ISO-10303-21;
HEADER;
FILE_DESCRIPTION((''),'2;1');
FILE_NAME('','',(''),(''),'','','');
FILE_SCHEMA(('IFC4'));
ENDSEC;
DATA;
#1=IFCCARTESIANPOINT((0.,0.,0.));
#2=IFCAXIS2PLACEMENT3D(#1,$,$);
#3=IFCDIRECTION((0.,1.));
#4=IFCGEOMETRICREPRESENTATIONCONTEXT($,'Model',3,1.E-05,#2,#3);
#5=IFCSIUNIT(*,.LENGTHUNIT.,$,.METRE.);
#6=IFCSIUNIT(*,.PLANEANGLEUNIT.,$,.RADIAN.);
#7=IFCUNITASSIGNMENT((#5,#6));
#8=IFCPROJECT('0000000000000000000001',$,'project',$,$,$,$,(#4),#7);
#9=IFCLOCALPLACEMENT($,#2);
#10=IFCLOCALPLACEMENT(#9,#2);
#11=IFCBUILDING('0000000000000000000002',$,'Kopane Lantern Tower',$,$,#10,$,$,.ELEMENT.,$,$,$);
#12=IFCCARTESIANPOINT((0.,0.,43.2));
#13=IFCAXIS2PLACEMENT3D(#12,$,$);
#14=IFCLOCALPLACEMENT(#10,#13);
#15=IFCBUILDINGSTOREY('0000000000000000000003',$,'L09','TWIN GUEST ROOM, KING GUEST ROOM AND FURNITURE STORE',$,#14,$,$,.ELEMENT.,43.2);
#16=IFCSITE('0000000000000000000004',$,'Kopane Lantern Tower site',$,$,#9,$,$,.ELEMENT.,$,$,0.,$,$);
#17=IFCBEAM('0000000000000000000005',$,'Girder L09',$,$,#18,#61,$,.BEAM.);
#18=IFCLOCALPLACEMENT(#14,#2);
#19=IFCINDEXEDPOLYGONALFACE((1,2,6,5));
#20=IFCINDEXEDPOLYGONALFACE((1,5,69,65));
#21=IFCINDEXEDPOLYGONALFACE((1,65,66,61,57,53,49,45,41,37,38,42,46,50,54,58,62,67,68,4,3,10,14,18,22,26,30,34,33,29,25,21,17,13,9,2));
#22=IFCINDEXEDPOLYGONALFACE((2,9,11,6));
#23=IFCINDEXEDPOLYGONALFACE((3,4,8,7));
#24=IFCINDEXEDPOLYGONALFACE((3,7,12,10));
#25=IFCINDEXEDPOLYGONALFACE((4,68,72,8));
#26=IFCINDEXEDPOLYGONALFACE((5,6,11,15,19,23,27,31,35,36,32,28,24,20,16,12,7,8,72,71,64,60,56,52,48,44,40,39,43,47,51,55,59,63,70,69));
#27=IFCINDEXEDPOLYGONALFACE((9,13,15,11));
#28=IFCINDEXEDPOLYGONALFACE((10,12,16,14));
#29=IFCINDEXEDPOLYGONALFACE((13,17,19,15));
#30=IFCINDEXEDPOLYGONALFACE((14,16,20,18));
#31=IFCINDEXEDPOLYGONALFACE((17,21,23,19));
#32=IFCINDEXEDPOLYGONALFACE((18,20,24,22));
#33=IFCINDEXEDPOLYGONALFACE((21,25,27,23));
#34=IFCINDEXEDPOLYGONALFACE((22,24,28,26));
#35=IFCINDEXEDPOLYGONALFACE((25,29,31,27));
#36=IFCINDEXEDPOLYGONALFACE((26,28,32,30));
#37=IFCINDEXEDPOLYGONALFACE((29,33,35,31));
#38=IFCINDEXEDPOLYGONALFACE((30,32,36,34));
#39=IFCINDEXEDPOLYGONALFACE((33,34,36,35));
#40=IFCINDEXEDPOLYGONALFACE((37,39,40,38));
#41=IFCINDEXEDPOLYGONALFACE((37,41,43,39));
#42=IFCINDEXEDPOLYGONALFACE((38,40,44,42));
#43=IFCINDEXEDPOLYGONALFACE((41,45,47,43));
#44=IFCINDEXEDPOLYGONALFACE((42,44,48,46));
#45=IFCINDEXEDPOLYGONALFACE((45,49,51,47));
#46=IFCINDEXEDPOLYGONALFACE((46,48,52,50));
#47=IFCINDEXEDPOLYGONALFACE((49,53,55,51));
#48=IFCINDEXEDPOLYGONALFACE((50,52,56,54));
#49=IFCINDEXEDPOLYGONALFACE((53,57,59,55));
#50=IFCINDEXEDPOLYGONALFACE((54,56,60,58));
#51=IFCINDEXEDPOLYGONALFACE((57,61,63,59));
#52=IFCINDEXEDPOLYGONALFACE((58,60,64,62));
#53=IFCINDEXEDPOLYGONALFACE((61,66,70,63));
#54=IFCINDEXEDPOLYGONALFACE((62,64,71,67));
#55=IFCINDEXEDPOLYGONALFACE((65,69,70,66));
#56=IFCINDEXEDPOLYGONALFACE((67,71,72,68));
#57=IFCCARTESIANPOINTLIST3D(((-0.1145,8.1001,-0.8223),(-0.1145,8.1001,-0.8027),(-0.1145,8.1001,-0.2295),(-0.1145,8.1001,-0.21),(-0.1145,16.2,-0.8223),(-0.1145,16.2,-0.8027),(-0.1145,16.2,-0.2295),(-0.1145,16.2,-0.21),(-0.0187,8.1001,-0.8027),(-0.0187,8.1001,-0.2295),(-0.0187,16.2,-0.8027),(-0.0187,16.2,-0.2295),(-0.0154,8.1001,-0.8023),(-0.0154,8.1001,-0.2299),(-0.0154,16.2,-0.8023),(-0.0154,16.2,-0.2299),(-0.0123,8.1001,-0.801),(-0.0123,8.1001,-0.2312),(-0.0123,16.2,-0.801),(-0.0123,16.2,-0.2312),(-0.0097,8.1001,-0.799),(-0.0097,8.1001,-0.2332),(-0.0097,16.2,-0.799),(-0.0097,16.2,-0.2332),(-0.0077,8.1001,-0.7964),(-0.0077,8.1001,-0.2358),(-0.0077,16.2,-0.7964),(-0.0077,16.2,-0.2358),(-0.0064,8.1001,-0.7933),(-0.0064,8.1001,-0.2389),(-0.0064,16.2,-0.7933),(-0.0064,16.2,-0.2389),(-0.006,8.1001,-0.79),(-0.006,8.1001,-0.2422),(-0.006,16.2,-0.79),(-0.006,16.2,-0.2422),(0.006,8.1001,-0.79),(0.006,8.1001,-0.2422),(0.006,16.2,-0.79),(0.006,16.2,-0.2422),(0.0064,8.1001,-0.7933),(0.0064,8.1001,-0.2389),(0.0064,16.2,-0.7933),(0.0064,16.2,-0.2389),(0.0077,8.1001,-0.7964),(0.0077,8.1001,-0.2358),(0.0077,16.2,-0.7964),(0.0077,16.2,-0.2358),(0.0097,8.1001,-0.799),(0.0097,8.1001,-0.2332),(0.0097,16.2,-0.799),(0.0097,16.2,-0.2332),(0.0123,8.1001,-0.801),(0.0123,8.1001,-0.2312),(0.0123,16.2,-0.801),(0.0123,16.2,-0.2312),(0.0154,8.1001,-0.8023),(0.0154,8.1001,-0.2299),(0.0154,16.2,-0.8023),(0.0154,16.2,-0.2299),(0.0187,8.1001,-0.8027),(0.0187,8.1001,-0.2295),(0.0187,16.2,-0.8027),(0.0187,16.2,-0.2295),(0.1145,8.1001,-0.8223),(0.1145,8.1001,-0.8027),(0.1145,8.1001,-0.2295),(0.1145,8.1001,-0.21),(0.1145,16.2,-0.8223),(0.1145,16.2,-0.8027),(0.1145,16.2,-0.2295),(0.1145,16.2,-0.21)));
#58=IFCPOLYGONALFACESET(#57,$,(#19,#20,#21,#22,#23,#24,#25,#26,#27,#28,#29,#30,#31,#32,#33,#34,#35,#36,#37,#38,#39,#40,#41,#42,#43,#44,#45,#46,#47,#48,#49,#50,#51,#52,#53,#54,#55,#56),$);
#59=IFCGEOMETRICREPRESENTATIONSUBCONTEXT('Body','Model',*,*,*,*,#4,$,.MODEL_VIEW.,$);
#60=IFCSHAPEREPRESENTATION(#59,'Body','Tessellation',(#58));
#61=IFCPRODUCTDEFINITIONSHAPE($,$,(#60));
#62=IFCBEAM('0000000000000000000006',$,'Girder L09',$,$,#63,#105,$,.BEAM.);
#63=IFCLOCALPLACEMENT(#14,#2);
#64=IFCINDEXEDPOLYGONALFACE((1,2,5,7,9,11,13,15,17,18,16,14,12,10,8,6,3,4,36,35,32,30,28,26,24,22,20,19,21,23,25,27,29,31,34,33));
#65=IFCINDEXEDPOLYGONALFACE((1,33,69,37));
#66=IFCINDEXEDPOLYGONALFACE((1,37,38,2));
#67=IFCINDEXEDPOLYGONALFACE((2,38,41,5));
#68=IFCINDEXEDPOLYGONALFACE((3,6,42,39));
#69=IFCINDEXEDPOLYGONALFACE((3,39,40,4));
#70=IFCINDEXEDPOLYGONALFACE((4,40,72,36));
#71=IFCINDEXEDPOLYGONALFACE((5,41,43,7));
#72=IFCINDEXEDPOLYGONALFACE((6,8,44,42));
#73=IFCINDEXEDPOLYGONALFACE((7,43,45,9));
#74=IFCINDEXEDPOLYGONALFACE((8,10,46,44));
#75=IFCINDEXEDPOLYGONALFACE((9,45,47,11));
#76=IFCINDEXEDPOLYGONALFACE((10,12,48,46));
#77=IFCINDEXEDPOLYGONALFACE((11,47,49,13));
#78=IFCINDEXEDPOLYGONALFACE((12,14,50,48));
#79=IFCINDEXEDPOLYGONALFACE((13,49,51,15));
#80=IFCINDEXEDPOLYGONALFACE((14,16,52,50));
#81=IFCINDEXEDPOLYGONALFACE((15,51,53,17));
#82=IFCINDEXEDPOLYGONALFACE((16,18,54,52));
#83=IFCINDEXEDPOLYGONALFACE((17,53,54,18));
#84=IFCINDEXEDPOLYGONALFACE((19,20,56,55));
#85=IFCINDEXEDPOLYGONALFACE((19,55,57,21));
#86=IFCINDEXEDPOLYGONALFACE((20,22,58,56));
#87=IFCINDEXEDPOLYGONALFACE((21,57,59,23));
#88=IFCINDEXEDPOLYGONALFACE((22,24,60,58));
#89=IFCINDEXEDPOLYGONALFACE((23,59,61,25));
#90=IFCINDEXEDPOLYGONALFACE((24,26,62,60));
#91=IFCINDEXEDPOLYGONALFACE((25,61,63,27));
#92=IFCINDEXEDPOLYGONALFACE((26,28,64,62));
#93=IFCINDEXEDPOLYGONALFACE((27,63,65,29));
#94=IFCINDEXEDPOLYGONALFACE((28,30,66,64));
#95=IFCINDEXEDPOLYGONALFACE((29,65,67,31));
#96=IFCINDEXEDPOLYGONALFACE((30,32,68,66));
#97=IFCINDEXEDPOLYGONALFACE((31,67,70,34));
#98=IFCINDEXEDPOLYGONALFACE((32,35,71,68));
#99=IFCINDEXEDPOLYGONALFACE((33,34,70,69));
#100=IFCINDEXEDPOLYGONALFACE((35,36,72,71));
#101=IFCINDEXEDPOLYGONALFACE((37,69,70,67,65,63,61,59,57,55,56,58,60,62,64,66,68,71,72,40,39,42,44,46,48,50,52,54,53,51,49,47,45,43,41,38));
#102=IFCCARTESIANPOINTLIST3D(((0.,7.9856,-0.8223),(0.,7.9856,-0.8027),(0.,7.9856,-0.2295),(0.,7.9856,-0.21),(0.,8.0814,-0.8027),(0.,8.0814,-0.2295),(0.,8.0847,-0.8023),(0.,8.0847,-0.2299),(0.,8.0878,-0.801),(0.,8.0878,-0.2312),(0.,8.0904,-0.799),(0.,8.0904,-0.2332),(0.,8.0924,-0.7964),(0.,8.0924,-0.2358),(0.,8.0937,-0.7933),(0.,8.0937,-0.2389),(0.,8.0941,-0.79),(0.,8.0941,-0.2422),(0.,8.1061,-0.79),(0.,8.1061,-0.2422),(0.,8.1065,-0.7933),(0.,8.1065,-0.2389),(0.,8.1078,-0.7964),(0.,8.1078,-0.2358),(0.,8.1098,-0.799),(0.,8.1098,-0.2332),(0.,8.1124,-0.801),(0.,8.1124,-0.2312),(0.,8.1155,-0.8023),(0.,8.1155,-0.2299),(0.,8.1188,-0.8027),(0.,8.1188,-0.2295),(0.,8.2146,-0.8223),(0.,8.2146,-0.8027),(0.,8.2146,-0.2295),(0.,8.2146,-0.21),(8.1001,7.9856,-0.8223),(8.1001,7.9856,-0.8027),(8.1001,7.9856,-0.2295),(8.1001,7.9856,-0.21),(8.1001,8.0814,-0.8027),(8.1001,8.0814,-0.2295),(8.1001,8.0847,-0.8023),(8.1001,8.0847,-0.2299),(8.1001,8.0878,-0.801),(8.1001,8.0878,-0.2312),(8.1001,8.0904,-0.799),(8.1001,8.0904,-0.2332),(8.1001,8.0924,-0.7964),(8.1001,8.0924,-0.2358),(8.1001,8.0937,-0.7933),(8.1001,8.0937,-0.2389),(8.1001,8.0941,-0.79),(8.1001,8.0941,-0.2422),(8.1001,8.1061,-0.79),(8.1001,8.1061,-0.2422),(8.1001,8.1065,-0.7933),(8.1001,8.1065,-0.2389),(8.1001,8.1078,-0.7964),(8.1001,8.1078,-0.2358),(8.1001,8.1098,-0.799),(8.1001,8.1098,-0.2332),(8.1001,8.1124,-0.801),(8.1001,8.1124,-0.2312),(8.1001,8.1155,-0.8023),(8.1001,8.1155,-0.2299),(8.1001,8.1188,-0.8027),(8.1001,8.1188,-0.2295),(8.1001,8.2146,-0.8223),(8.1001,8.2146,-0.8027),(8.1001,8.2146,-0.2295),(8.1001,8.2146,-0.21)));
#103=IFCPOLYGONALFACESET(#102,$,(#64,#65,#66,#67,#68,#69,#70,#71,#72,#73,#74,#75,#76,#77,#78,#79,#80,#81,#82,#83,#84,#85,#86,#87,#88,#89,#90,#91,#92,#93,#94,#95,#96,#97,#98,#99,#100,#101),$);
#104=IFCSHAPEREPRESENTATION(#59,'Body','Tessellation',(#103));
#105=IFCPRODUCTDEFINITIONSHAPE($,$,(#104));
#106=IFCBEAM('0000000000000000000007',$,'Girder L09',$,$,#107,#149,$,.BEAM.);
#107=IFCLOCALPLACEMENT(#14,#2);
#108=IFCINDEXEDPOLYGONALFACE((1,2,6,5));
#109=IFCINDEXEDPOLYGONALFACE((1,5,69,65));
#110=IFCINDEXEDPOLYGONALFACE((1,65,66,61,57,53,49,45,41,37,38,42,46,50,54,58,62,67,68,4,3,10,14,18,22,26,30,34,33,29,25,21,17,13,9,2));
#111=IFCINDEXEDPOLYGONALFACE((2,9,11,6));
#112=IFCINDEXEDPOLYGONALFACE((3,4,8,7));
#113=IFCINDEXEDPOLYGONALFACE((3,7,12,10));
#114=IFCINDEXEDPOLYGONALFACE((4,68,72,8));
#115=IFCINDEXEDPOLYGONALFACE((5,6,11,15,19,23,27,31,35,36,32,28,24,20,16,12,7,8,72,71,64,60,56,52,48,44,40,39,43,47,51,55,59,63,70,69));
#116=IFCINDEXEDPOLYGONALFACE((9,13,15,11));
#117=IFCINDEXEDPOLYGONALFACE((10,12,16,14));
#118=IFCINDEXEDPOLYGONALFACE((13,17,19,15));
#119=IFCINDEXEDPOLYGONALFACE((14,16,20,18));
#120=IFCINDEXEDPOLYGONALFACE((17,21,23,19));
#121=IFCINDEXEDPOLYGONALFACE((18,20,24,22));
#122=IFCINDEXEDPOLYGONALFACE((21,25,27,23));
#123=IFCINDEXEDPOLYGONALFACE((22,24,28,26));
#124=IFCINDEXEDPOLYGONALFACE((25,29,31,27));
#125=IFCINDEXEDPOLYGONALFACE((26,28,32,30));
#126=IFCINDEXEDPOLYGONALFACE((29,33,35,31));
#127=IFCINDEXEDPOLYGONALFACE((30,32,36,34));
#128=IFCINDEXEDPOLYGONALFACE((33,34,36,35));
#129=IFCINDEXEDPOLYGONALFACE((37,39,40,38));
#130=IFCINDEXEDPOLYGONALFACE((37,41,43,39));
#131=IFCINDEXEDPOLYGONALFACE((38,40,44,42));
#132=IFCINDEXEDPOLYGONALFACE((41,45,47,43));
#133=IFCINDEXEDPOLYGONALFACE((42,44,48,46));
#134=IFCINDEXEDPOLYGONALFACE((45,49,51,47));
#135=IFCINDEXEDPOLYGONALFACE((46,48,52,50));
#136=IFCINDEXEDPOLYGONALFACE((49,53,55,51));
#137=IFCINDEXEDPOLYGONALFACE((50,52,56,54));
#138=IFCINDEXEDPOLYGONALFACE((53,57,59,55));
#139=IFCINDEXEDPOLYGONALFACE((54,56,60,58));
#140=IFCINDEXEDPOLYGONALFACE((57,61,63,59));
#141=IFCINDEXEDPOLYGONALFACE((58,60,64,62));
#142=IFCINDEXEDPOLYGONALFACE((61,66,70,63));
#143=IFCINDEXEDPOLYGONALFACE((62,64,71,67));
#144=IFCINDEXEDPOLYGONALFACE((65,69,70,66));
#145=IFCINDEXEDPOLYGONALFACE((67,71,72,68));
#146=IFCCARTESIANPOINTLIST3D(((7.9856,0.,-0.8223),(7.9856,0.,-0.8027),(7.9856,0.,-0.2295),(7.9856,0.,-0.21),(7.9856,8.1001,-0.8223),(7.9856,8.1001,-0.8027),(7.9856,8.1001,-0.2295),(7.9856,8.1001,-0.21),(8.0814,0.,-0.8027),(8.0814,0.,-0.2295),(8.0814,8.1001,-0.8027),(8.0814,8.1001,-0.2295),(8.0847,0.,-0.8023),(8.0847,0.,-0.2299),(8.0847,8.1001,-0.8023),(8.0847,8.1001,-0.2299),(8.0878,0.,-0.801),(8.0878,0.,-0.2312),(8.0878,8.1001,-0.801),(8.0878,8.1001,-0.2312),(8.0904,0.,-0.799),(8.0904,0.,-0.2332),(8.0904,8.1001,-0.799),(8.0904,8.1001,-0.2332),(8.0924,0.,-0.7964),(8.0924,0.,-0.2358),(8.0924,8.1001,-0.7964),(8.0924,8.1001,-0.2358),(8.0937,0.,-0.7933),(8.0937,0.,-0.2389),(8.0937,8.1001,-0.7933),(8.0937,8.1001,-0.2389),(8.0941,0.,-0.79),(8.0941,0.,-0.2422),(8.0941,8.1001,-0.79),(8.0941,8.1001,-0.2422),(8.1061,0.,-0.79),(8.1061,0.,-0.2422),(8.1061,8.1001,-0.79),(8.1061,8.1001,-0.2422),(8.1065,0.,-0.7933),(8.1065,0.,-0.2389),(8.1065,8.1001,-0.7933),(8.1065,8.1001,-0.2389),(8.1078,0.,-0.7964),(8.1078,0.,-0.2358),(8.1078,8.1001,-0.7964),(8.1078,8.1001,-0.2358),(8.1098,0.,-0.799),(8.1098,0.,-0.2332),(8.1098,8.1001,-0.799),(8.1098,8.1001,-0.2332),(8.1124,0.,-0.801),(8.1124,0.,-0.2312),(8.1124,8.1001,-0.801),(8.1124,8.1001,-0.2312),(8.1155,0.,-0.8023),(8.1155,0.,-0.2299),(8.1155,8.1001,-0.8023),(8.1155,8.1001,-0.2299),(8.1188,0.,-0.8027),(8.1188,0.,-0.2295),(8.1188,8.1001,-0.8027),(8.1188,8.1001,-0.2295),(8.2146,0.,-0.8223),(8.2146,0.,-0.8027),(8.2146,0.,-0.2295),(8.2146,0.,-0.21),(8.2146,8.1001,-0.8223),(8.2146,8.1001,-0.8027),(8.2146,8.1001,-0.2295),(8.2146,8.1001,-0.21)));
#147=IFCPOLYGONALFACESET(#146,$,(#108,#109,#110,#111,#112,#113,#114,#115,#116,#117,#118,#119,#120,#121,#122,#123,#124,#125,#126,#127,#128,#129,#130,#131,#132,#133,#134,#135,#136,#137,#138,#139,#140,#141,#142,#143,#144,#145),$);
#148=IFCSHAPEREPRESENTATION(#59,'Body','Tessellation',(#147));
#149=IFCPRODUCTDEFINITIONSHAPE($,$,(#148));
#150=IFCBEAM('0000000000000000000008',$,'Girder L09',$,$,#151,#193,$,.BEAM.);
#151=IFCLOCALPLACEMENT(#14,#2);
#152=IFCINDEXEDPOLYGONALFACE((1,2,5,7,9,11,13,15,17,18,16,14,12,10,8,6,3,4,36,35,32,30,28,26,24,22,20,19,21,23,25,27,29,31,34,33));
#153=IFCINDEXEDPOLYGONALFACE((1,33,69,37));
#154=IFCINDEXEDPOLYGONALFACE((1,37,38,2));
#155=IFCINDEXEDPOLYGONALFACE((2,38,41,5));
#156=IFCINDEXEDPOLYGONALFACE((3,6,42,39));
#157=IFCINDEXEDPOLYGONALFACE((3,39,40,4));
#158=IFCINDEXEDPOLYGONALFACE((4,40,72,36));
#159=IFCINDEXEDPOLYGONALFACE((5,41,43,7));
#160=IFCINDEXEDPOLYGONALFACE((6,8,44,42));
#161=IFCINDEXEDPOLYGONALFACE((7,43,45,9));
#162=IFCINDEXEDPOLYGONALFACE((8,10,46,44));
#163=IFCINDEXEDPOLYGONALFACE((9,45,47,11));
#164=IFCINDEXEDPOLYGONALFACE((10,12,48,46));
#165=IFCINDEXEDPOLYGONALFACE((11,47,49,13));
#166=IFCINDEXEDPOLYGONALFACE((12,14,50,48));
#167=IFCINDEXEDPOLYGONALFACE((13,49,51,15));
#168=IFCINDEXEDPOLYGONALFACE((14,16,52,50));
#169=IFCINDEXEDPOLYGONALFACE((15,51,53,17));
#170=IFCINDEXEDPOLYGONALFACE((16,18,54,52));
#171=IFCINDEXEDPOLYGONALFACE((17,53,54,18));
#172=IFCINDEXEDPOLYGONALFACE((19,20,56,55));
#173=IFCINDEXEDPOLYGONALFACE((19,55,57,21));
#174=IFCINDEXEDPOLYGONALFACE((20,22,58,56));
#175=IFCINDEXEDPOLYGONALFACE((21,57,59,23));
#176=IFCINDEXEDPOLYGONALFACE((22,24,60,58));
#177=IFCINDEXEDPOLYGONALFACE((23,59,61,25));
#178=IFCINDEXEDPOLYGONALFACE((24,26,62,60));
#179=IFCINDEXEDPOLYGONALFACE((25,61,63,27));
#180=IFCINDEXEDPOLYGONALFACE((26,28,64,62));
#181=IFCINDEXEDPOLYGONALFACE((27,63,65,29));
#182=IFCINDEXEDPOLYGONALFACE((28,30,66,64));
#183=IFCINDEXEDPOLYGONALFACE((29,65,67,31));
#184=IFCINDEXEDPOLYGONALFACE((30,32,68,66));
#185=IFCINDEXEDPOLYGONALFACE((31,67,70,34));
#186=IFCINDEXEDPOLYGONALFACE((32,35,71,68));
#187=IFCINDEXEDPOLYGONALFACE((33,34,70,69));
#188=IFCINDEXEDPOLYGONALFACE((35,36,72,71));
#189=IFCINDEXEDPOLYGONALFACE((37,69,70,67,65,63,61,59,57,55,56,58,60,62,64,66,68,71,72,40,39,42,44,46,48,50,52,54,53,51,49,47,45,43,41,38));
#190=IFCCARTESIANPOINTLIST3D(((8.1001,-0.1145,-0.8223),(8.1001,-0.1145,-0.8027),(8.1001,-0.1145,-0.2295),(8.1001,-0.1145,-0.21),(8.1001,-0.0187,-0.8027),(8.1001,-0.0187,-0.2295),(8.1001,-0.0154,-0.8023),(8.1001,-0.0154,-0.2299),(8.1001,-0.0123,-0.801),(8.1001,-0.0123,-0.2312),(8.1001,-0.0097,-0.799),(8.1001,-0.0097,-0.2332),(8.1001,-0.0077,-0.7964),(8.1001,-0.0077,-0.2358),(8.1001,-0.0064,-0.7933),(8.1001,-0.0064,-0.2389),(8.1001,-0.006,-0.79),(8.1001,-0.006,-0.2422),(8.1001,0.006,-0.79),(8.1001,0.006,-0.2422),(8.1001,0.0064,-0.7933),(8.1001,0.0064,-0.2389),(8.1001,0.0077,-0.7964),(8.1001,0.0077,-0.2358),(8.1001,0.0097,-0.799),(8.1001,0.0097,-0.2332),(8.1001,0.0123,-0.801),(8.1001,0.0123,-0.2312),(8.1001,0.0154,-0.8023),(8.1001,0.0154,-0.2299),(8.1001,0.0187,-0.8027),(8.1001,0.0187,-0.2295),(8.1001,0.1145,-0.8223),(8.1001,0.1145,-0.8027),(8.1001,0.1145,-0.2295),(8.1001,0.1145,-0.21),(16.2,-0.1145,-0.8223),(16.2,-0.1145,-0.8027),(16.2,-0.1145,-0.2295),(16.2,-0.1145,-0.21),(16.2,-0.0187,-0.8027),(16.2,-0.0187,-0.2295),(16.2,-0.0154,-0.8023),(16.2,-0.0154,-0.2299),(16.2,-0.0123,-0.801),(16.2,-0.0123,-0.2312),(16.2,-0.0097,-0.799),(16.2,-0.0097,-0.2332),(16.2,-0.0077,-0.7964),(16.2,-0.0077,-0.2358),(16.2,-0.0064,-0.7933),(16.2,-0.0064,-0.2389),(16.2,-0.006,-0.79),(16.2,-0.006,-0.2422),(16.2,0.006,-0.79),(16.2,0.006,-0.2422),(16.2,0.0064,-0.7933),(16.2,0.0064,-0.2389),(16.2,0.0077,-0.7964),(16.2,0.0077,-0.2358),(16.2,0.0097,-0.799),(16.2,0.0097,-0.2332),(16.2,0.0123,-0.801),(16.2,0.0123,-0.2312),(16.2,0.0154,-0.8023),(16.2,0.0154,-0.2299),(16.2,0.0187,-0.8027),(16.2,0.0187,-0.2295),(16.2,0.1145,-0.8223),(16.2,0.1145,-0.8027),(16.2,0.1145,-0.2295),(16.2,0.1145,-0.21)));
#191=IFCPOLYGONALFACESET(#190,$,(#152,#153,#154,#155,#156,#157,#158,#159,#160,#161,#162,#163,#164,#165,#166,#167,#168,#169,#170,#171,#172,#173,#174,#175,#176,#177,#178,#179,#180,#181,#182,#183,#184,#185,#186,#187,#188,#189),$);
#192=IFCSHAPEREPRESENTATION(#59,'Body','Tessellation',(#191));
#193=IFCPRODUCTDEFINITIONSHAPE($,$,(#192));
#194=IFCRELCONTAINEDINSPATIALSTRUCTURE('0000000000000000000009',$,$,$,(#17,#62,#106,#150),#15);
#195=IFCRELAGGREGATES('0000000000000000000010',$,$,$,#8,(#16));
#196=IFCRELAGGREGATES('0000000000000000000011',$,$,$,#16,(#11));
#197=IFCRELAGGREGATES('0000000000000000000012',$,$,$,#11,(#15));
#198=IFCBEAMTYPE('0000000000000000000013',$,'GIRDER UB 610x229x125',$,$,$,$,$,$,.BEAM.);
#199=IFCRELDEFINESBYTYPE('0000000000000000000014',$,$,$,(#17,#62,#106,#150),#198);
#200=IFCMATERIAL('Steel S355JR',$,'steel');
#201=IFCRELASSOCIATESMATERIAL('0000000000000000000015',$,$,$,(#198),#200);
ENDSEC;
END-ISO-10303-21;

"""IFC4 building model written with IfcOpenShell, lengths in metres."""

from ifc_helpers import new_model, si_unit, direction, frame, origin, origin_2d, place, context, subcontext, project, spatial, i_section, extrude, material, material_profile, profile_set, type_object, element, save


model = new_model("IFC4")

# Units and contexts
model_context = context("Model", 3, precision=1e-05, world=origin(), true_north=direction((0.0, 1.0)))
body_context = subcontext(model_context, "Body", "Model", "MODEL_VIEW")
ifc_project = project(units=[si_unit("LENGTHUNIT", "METRE"), si_unit("PLANEANGLEUNIT", "RADIAN")], contexts=[model_context])

# Site, building, storey
site_placement = place(None, origin())
site = spatial("IfcSite", under=ifc_project, at=site_placement, Name="Kopane Lantern Tower site", CompositionType="ELEMENT", RefElevation=0.0)
building_placement = place(site_placement, origin())
building = spatial("IfcBuilding", under=site, at=building_placement, Name="Kopane Lantern Tower", CompositionType="ELEMENT")
storey_placement = place(building_placement, frame((0.0, 0.0, 43.2)))
storey = spatial("IfcBuildingStorey", under=building, at=storey_placement, Name="L09", Description="TWIN GUEST ROOM, KING GUEST ROOM AND FURNITURE STORE", CompositionType="ELEMENT", Elevation=43.2)

# Beams
ifc_material_1 = material(Name="Steel S355JR", Category="steel")
ifc_material_profile_1 = material_profile(ifc_material_1, i_section(OverallWidth=0.229, OverallDepth=0.6123, WebThickness=0.012, FlangeThickness=0.0195, FilletRadius=0.0127, at=origin_2d()), Name="UB 610x229x125")
ifc_profile_set_1 = profile_set([ifc_material_profile_1], Name="Steel S355JR")
beam_type_1 = type_object("IfcBeamType", Name="GIRDER UB 610x229x125", PredefinedType="BEAM", material=ifc_profile_set_1)
beam_1_placement = place(storey_placement, frame((0.0, 8.1001, -0.5161), z_axis=(0.0, 1.0, 0.0), x_axis=(-1.0, 0.0, 0.0)))
element("IfcBeam", 1, at=beam_1_placement, inside=storey, type_object=beam_type_1, Name="Girder L09", PredefinedType="BEAM", context=body_context, shape_type="SweptSolid", body=[
    extrude(i_section(OverallWidth=0.229, OverallDepth=0.6123, WebThickness=0.012, FlangeThickness=0.0195, FilletRadius=0.0127, at=origin_2d()), origin(), (0.0, 0.0, 1.0), 8.0999),
])
for number, where, z_axis, x_axis, name in (
    (2, (0.0, 8.1001, -0.5161), (1.0, 0.0, 0.0), (0.0, 1.0, 0.0), "Girder L09"),
    (3, (8.1001, 0.0, -0.5161), (0.0, 1.0, 0.0), (-1.0, 0.0, 0.0), "Girder L09"),
):
    element("IfcBeam", number, at=place(storey_placement, frame(where, z_axis=z_axis, x_axis=x_axis)), inside=storey, type_object=beam_type_1, Name=name, PredefinedType="BEAM", context=body_context, shape_type="SweptSolid", body=[
        extrude(i_section(OverallWidth=0.229, OverallDepth=0.6123, WebThickness=0.012, FlangeThickness=0.0195, FilletRadius=0.0127, at=origin_2d()), origin(), (0.0, 0.0, 1.0), 8.1001),
    ])
for number, where, z_axis, x_axis, name in (
    (4, (8.1001, 0.0, -0.5161), (1.0, 0.0, 0.0), (0.0, 1.0, 0.0), "Girder L09"),
):
    element("IfcBeam", number, at=place(storey_placement, frame(where, z_axis=z_axis, x_axis=x_axis)), inside=storey, type_object=beam_type_1, Name=name, PredefinedType="BEAM", context=body_context, shape_type="SweptSolid", body=[
        extrude(i_section(OverallWidth=0.229, OverallDepth=0.6123, WebThickness=0.012, FlangeThickness=0.0195, FilletRadius=0.0127, at=origin_2d()), origin(), (0.0, 0.0, 1.0), 8.0999),
    ])

save(model, "model.ifc")
